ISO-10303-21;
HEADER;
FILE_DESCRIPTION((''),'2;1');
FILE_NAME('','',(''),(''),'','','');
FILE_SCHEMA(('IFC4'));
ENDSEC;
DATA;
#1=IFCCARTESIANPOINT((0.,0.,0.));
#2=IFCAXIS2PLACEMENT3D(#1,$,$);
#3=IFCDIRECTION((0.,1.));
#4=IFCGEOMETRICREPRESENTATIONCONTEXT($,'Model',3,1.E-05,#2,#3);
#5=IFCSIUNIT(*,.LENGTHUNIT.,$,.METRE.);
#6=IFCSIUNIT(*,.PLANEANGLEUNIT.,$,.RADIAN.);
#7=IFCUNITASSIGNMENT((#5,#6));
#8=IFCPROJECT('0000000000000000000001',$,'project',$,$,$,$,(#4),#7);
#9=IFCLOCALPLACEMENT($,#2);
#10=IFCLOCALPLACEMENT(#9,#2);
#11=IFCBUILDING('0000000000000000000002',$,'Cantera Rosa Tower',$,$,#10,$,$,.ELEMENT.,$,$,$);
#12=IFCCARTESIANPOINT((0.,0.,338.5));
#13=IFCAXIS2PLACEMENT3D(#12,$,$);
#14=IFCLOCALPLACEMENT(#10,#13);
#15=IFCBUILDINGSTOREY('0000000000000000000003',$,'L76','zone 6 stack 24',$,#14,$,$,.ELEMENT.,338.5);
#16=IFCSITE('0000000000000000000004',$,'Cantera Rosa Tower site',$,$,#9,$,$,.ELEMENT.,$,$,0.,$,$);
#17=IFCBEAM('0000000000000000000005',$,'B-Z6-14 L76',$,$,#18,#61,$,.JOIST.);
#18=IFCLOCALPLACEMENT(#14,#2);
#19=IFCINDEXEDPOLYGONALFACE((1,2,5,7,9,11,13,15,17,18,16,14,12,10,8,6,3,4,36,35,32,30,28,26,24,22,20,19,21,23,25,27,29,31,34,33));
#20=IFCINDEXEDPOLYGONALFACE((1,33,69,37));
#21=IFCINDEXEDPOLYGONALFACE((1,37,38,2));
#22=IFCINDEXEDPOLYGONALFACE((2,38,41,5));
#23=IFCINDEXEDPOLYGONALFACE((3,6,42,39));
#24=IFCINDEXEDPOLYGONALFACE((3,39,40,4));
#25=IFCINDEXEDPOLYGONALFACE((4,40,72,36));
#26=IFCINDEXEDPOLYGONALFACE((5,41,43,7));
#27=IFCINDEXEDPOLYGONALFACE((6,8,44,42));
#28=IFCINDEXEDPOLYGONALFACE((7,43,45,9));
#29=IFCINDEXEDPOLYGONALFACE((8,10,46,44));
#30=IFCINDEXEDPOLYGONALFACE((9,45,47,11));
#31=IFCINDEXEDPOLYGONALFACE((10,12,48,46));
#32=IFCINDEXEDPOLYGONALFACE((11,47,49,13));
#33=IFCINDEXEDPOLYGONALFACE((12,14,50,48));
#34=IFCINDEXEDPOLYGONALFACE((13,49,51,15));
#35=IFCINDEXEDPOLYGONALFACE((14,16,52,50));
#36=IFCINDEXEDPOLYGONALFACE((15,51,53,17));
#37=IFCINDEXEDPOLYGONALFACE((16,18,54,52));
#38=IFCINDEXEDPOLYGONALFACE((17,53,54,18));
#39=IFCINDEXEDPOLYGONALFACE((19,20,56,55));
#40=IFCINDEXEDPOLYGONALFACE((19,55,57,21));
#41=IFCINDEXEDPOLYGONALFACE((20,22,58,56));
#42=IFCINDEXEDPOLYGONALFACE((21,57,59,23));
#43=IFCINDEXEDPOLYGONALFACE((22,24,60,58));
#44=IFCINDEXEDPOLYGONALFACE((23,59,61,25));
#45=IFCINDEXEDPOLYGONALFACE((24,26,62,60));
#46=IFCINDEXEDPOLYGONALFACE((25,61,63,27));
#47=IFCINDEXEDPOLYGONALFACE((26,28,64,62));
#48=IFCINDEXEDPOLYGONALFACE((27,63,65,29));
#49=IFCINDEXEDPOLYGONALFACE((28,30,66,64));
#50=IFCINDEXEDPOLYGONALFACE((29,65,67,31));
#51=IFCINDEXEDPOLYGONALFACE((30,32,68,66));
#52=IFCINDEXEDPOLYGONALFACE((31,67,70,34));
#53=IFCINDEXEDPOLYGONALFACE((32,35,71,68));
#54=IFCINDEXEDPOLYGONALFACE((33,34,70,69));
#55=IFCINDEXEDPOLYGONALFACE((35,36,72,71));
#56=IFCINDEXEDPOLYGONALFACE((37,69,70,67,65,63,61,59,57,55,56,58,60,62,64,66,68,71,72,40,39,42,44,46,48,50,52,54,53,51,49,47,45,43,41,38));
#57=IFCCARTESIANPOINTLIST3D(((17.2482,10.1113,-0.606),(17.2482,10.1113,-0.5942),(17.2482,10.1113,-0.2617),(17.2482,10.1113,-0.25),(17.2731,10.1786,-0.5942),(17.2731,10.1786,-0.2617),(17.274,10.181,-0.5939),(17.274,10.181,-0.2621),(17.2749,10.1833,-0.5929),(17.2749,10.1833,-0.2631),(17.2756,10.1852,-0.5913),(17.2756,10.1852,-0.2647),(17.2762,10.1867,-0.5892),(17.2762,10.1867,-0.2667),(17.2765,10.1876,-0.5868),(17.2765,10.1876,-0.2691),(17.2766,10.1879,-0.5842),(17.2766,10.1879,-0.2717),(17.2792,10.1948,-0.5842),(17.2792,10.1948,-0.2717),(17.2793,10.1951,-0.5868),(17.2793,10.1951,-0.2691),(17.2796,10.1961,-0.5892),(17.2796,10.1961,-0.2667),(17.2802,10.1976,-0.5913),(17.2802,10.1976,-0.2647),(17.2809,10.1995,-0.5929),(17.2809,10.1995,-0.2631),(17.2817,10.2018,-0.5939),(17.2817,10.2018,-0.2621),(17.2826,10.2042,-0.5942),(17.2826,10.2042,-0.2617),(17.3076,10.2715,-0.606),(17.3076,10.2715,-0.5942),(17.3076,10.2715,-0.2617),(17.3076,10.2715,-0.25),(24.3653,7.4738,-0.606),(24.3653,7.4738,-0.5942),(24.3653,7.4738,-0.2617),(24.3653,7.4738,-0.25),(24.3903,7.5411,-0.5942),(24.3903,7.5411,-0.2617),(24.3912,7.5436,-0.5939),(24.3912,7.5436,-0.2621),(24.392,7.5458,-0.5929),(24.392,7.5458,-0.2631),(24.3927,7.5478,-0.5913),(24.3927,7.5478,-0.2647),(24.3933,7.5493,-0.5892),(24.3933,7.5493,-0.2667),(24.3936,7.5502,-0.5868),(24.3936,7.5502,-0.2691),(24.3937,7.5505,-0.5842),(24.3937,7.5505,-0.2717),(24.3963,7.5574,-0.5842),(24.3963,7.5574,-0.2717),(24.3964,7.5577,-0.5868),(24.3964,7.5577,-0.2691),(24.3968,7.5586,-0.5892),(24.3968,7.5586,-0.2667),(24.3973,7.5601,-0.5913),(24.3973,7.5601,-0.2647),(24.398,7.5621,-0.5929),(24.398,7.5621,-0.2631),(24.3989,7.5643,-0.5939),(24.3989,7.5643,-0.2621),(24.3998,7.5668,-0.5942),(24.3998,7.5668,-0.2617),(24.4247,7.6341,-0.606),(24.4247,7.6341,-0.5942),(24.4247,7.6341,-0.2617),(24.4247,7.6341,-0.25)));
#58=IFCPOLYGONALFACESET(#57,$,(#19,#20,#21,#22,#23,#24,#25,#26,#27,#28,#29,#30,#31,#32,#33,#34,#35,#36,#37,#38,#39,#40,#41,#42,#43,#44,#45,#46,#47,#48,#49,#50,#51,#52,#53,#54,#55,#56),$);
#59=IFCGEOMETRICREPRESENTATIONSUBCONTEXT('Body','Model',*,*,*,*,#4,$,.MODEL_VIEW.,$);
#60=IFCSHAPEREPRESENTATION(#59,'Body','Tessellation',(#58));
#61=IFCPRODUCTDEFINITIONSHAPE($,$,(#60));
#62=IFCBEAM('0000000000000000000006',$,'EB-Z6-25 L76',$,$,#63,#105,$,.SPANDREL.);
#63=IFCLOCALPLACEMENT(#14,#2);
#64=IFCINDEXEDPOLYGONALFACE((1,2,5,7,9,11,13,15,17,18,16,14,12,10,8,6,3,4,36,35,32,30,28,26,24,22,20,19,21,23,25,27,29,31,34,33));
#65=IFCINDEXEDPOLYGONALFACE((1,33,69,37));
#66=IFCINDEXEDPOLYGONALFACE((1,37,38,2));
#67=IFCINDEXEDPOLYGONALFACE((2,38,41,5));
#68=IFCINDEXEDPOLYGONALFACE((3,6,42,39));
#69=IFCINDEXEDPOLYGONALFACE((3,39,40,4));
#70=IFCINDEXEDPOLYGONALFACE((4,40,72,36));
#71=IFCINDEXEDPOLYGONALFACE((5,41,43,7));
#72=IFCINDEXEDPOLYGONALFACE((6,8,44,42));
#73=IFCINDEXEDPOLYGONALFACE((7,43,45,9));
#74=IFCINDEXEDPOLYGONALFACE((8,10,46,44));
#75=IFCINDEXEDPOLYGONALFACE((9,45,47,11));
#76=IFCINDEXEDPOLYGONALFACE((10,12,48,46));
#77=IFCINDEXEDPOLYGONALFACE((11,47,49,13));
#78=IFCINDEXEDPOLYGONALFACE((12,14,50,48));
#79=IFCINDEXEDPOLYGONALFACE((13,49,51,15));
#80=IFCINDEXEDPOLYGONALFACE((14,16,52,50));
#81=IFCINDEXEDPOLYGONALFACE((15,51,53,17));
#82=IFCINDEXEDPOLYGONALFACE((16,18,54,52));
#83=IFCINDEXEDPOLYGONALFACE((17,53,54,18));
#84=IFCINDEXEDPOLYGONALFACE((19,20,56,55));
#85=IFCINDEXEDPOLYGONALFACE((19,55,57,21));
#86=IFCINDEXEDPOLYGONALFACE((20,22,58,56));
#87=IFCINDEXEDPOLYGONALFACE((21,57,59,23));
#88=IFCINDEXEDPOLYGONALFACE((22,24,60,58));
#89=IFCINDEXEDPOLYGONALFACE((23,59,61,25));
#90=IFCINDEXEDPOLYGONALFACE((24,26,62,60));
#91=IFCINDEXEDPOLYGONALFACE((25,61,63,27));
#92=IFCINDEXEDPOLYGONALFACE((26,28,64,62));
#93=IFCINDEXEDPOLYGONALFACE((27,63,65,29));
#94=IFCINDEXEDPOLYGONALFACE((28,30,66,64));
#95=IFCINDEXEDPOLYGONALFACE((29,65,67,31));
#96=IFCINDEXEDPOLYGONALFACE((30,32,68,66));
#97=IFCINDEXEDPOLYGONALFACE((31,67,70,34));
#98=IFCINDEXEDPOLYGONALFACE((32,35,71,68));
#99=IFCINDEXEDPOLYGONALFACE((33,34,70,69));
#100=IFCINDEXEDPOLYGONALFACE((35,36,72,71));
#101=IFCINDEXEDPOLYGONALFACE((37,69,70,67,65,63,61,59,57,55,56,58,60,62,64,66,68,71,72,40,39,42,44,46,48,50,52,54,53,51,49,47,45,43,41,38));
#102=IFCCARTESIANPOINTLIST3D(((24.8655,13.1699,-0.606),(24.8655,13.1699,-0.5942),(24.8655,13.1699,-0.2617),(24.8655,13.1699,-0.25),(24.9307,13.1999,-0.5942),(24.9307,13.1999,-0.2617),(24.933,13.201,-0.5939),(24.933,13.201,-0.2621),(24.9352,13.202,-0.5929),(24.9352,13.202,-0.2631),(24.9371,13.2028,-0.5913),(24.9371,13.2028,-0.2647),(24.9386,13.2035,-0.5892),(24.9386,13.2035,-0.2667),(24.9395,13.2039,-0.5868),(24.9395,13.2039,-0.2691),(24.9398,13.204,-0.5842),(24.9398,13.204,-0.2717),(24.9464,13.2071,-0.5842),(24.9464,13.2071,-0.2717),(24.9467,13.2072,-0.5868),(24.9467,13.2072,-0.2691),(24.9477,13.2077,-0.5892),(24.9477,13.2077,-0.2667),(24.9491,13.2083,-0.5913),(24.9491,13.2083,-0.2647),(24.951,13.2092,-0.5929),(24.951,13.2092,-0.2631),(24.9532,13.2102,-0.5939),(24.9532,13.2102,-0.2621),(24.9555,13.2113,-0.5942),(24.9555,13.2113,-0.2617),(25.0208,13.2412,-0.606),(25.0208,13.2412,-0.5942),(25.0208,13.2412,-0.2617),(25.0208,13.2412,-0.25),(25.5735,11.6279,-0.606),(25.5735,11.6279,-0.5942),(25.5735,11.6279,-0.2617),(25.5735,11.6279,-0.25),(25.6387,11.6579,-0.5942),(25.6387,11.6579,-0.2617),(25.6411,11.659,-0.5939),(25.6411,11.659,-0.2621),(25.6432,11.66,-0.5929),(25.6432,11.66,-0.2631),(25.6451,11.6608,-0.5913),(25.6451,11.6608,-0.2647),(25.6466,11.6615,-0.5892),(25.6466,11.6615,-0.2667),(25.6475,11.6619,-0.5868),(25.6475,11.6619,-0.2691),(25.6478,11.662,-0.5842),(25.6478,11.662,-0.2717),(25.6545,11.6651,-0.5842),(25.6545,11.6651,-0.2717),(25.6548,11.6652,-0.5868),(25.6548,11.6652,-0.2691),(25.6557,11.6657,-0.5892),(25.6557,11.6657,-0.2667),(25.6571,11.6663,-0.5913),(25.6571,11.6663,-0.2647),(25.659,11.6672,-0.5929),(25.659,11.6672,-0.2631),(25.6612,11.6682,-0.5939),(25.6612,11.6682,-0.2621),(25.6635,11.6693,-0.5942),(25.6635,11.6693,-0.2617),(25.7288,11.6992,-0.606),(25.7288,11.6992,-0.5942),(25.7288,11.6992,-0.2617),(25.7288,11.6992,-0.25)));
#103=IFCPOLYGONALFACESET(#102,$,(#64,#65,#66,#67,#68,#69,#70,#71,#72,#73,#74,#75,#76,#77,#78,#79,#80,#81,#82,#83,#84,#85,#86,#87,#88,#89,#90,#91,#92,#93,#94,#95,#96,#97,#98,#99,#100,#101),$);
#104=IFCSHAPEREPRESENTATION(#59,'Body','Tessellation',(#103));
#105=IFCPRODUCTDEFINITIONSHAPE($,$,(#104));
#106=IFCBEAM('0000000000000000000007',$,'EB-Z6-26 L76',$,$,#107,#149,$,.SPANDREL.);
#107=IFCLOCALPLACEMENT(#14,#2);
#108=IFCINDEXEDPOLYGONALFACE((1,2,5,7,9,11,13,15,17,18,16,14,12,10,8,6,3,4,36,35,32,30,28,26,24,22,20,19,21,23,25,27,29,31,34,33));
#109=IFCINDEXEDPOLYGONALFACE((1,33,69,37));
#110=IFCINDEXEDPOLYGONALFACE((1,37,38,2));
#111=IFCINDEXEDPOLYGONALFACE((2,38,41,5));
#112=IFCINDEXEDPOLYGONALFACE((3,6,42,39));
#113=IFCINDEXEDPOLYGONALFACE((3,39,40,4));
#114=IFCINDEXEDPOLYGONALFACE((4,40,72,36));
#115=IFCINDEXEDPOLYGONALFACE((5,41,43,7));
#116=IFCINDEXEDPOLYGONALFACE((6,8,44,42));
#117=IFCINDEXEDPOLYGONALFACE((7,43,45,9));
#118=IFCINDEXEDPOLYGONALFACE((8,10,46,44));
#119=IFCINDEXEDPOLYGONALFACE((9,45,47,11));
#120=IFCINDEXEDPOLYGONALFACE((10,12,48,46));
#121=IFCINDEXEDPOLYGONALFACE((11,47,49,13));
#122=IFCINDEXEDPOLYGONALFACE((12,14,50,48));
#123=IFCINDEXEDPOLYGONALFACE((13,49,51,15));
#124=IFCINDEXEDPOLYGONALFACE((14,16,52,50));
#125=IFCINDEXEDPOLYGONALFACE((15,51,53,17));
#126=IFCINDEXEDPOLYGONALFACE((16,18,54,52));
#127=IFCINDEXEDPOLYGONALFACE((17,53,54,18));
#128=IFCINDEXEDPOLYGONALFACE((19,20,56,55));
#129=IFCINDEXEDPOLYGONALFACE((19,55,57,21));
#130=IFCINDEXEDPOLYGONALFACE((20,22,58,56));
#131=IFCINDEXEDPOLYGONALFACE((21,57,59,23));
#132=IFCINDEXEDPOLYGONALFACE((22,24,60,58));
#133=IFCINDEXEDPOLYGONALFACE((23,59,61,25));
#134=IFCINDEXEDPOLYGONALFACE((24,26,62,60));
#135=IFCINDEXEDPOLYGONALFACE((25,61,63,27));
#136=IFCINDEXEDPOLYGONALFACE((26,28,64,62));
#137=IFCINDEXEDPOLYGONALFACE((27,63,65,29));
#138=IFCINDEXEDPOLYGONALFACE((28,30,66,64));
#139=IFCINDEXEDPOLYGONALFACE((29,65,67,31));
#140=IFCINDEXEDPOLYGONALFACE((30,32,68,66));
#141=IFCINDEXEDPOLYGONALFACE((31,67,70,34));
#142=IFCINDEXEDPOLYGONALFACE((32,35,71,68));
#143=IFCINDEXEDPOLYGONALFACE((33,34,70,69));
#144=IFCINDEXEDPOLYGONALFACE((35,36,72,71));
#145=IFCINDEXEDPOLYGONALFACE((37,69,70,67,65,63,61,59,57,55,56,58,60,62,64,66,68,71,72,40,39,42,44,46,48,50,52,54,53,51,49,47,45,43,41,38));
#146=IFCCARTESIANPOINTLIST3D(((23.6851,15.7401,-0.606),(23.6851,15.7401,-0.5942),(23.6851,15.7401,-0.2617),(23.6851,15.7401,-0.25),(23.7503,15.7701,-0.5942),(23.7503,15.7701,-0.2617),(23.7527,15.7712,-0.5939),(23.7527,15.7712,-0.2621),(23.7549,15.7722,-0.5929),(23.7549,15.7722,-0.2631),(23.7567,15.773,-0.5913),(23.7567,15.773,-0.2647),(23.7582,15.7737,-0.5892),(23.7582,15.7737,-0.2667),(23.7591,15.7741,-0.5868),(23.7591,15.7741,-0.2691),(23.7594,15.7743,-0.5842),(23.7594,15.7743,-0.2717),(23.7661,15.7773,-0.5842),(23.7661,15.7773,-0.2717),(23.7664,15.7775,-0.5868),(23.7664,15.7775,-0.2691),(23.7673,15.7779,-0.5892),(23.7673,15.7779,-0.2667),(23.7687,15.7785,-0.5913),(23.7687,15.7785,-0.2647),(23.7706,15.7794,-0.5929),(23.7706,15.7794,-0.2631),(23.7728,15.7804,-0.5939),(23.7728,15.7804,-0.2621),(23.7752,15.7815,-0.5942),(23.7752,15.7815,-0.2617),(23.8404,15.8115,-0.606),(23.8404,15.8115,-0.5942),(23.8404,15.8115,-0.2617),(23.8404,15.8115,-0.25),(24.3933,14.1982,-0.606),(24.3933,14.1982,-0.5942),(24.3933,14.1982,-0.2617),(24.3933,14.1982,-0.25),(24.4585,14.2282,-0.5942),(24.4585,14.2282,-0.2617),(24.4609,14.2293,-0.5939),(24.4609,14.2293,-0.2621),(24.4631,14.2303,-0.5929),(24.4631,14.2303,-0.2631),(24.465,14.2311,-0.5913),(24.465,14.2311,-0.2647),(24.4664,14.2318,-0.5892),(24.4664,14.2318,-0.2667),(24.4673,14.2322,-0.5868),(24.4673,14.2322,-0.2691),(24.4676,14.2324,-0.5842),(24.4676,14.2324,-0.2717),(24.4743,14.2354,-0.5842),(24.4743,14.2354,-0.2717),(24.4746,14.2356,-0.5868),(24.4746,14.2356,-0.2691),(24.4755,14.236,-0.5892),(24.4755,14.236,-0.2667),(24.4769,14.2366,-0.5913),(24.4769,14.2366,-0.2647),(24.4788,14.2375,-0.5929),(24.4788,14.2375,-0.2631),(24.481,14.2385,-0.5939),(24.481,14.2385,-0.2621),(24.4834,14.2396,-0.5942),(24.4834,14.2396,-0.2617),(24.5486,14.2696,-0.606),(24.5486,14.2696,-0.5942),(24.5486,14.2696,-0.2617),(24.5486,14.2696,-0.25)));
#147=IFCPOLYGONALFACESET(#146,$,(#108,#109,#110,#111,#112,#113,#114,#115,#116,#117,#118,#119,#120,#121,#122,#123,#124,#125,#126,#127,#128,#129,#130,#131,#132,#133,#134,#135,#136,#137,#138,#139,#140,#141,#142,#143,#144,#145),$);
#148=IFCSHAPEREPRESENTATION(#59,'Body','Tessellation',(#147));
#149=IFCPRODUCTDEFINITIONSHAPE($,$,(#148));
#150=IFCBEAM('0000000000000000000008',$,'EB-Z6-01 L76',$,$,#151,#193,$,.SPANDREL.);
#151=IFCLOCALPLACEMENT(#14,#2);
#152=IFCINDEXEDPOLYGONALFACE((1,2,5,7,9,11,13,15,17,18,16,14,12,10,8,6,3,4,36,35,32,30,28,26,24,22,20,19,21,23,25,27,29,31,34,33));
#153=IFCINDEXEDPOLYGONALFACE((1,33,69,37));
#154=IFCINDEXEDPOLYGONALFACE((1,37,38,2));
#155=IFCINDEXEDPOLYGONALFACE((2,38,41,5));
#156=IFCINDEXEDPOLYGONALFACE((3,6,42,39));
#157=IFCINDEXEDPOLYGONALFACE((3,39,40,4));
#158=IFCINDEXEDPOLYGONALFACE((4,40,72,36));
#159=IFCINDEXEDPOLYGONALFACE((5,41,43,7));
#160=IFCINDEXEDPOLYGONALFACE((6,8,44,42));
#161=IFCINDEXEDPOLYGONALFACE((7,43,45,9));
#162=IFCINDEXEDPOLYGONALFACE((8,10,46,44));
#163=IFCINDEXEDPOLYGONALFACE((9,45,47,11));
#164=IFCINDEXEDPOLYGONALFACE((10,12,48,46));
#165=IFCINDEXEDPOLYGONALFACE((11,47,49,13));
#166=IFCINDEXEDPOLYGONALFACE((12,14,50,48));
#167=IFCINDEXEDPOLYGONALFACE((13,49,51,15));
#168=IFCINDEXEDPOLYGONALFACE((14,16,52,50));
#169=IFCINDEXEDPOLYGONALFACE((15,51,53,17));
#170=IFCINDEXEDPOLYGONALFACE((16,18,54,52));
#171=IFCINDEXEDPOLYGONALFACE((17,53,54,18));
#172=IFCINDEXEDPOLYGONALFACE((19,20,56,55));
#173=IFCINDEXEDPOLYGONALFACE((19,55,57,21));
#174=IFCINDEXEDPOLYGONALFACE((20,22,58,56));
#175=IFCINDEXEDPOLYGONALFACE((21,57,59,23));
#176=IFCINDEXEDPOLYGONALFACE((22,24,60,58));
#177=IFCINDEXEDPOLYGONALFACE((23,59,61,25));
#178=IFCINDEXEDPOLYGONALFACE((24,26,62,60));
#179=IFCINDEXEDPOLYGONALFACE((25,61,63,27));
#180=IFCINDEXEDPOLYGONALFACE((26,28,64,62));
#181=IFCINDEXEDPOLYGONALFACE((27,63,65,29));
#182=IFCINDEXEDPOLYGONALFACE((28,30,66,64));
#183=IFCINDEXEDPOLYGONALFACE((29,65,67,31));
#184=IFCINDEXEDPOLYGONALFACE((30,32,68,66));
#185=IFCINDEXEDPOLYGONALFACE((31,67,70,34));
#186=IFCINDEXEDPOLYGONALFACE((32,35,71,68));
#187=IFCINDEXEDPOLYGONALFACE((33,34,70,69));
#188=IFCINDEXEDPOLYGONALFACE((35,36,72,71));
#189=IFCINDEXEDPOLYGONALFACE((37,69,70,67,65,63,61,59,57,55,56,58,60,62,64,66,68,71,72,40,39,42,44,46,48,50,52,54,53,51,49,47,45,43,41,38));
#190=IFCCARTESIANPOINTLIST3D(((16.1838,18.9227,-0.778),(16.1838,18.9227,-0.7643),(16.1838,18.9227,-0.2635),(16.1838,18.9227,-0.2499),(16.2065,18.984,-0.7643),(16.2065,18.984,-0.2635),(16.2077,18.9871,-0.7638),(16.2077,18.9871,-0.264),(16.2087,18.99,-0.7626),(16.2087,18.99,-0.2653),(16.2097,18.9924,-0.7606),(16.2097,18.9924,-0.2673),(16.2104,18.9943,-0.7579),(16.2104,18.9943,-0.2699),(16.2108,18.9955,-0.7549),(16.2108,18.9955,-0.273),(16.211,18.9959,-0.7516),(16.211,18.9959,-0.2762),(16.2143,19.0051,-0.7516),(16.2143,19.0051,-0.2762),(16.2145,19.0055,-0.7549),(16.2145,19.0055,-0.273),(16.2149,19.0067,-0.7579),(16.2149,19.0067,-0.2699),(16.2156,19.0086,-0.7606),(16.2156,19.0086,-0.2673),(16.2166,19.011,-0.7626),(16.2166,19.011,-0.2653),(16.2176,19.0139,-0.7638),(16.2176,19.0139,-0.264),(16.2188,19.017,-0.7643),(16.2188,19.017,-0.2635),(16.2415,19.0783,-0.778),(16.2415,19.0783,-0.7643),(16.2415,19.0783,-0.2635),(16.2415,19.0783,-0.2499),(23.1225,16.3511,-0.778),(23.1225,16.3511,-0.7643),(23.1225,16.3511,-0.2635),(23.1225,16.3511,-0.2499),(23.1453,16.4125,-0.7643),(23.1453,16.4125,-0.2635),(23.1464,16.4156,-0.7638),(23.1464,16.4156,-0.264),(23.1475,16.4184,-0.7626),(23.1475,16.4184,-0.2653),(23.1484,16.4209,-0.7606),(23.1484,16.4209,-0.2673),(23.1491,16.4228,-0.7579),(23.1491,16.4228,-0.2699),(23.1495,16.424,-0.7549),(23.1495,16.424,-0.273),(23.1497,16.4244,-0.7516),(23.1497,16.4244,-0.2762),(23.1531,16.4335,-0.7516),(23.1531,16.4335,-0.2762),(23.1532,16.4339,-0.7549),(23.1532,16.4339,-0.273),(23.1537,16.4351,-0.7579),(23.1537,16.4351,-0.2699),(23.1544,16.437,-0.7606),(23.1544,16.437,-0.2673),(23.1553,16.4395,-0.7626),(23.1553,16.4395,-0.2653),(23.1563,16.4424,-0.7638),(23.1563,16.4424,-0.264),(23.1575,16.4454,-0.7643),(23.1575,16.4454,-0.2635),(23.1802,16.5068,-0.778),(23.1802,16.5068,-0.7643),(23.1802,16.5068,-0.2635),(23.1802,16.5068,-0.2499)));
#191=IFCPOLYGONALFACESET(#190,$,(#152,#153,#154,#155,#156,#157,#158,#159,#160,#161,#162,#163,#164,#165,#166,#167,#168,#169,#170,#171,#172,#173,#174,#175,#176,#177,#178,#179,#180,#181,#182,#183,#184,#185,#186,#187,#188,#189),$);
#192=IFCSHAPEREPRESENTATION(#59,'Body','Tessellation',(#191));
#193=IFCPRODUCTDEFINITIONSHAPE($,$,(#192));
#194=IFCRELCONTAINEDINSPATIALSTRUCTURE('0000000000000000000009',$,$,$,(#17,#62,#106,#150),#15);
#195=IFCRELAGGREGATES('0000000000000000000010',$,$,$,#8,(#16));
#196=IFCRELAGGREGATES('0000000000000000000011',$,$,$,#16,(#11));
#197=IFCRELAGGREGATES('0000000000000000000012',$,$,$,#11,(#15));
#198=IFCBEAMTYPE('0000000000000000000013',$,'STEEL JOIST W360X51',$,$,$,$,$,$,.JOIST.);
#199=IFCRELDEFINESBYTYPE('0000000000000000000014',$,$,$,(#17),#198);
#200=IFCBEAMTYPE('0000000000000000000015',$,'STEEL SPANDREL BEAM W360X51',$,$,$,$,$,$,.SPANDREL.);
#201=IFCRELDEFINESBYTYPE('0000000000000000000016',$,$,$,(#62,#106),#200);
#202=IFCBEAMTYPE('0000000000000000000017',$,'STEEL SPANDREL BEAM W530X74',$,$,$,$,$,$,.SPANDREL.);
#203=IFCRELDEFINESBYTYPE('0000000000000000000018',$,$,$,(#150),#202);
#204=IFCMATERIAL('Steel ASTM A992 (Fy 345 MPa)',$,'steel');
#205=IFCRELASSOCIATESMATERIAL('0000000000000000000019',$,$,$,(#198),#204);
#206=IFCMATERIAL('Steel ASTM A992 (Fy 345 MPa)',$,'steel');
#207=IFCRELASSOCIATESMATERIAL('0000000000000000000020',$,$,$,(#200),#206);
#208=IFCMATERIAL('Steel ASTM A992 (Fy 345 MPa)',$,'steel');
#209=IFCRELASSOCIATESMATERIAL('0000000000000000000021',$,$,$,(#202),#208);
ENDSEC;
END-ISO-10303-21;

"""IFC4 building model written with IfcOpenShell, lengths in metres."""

from ifc_helpers import new_model, si_unit, direction, frame, origin, origin_2d, place, context, subcontext, project, spatial, i_section, extrude, material, material_profile, profile_set, type_object, element, save


model = new_model("IFC4")

# Units and contexts
model_context = context("Model", 3, precision=1e-05, world=origin(), true_north=direction((0.0, 1.0)))
body_context = subcontext(model_context, "Body", "Model", "MODEL_VIEW")
ifc_project = project(units=[si_unit("LENGTHUNIT", "METRE"), si_unit("PLANEANGLEUNIT", "RADIAN")], contexts=[model_context])

# Site, building, storey
site_placement = place(None, origin())
site = spatial("IfcSite", under=ifc_project, at=site_placement, Name="Cantera Rosa Tower site", CompositionType="ELEMENT", RefElevation=0.0)
building_placement = place(site_placement, origin())
building = spatial("IfcBuilding", under=site, at=building_placement, Name="Cantera Rosa Tower", CompositionType="ELEMENT")
storey_placement = place(building_placement, frame((0.0, 0.0, 338.5)))
storey = spatial("IfcBuildingStorey", under=building, at=storey_placement, Name="L76", Description="zone 6 stack 24", CompositionType="ELEMENT", Elevation=338.5)

# Beams
ifc_material_1 = material(Name="Steel ASTM A992 (Fy 345 MPa)", Category="steel")
ifc_material_profile_1 = material_profile(ifc_material_1, i_section(OverallWidth=0.1709, OverallDepth=0.356, WebThickness=0.0073, FlangeThickness=0.0117, FilletRadius=0.01, at=origin_2d()), Name="W360X51")
ifc_profile_set_1 = profile_set([ifc_material_profile_1], Name="Steel ASTM A992 (Fy 345 MPa)")
beam_type_1 = type_object("IfcBeamType", Name="STEEL JOIST W360X51", PredefinedType="JOIST", material=ifc_profile_set_1)
beam_1_placement = place(storey_placement, frame((24.395, 7.554, -0.428), z_axis=(-0.937686, 0.347483, 0.0), x_axis=(-0.347483, -0.937686, 0.0)))
element("IfcBeam", 1, at=beam_1_placement, inside=storey, type_object=beam_type_1, Name="B-Z6-14 L76", PredefinedType="JOIST", context=body_context, shape_type="SweptSolid", body=[
    extrude(i_section(OverallWidth=0.1709, OverallDepth=0.356, WebThickness=0.0073, FlangeThickness=0.0117, FilletRadius=0.01, at=origin_2d()), origin(), (0.0, 0.0, 1.0), 7.5901),
])
ifc_material_2 = material(Name="Steel ASTM A992 (Fy 345 MPa)", Category="steel")
ifc_material_profile_2 = material_profile(ifc_material_2, i_section(OverallWidth=0.1709, OverallDepth=0.356, WebThickness=0.0073, FlangeThickness=0.0117, FilletRadius=0.01, at=origin_2d()), Name="W360X51")
ifc_profile_set_2 = profile_set([ifc_material_profile_2], Name="Steel ASTM A992 (Fy 345 MPa)")
beam_type_2 = type_object("IfcBeamType", Name="STEEL SPANDREL BEAM W360X51", PredefinedType="SPANDREL", material=ifc_profile_set_2)
for number, where, z_axis, x_axis, name in (
    (2, (25.6511, 11.6636, -0.428), (-0.417269, 0.908783, 0.0), (-0.908783, -0.417269, 0.0), "EB-Z6-25 L76"),
    (3, (24.4709, 14.2339, -0.428), (-0.417388, 0.908728, 0.0), (-0.908728, -0.417388, 0.0), "EB-Z6-26 L76"),
):
    element("IfcBeam", number, at=place(storey_placement, frame(where, z_axis=z_axis, x_axis=x_axis)), inside=storey, type_object=beam_type_2, Name=name, PredefinedType="SPANDREL", context=body_context, shape_type="SweptSolid", body=[
        extrude(i_section(OverallWidth=0.1709, OverallDepth=0.356, WebThickness=0.0073, FlangeThickness=0.0117, FilletRadius=0.01, at=origin_2d()), origin(), (0.0, 0.0, 1.0), 1.6968),
    ])
ifc_material_3 = material(Name="Steel ASTM A992 (Fy 345 MPa)", Category="steel")
ifc_material_profile_3 = material_profile(ifc_material_3, i_section(OverallWidth=0.166, OverallDepth=0.5281, WebThickness=0.0098, FlangeThickness=0.0137, FilletRadius=0.0127, at=origin_2d()), Name="W530X74")
ifc_profile_set_3 = profile_set([ifc_material_profile_3], Name="Steel ASTM A992 (Fy 345 MPa)")
beam_type_3 = type_object("IfcBeamType", Name="STEEL SPANDREL BEAM W530X74", PredefinedType="SPANDREL", material=ifc_profile_set_3)
beam_2_placement = place(storey_placement, frame((23.1514, 16.429, -0.5139), z_axis=(-0.937677, 0.347509, 0.0), x_axis=(-0.347509, -0.937677, 0.0)))
element("IfcBeam", 4, at=beam_2_placement, inside=storey, type_object=beam_type_3, Name="EB-Z6-01 L76", PredefinedType="SPANDREL", context=body_context, shape_type="SweptSolid", body=[
    extrude(i_section(OverallWidth=0.166, OverallDepth=0.5281, WebThickness=0.0098, FlangeThickness=0.0137, FilletRadius=0.0127, at=origin_2d()), origin(), (0.0, 0.0, 1.0), 7.3999),
])

save(model, "model.ifc")
